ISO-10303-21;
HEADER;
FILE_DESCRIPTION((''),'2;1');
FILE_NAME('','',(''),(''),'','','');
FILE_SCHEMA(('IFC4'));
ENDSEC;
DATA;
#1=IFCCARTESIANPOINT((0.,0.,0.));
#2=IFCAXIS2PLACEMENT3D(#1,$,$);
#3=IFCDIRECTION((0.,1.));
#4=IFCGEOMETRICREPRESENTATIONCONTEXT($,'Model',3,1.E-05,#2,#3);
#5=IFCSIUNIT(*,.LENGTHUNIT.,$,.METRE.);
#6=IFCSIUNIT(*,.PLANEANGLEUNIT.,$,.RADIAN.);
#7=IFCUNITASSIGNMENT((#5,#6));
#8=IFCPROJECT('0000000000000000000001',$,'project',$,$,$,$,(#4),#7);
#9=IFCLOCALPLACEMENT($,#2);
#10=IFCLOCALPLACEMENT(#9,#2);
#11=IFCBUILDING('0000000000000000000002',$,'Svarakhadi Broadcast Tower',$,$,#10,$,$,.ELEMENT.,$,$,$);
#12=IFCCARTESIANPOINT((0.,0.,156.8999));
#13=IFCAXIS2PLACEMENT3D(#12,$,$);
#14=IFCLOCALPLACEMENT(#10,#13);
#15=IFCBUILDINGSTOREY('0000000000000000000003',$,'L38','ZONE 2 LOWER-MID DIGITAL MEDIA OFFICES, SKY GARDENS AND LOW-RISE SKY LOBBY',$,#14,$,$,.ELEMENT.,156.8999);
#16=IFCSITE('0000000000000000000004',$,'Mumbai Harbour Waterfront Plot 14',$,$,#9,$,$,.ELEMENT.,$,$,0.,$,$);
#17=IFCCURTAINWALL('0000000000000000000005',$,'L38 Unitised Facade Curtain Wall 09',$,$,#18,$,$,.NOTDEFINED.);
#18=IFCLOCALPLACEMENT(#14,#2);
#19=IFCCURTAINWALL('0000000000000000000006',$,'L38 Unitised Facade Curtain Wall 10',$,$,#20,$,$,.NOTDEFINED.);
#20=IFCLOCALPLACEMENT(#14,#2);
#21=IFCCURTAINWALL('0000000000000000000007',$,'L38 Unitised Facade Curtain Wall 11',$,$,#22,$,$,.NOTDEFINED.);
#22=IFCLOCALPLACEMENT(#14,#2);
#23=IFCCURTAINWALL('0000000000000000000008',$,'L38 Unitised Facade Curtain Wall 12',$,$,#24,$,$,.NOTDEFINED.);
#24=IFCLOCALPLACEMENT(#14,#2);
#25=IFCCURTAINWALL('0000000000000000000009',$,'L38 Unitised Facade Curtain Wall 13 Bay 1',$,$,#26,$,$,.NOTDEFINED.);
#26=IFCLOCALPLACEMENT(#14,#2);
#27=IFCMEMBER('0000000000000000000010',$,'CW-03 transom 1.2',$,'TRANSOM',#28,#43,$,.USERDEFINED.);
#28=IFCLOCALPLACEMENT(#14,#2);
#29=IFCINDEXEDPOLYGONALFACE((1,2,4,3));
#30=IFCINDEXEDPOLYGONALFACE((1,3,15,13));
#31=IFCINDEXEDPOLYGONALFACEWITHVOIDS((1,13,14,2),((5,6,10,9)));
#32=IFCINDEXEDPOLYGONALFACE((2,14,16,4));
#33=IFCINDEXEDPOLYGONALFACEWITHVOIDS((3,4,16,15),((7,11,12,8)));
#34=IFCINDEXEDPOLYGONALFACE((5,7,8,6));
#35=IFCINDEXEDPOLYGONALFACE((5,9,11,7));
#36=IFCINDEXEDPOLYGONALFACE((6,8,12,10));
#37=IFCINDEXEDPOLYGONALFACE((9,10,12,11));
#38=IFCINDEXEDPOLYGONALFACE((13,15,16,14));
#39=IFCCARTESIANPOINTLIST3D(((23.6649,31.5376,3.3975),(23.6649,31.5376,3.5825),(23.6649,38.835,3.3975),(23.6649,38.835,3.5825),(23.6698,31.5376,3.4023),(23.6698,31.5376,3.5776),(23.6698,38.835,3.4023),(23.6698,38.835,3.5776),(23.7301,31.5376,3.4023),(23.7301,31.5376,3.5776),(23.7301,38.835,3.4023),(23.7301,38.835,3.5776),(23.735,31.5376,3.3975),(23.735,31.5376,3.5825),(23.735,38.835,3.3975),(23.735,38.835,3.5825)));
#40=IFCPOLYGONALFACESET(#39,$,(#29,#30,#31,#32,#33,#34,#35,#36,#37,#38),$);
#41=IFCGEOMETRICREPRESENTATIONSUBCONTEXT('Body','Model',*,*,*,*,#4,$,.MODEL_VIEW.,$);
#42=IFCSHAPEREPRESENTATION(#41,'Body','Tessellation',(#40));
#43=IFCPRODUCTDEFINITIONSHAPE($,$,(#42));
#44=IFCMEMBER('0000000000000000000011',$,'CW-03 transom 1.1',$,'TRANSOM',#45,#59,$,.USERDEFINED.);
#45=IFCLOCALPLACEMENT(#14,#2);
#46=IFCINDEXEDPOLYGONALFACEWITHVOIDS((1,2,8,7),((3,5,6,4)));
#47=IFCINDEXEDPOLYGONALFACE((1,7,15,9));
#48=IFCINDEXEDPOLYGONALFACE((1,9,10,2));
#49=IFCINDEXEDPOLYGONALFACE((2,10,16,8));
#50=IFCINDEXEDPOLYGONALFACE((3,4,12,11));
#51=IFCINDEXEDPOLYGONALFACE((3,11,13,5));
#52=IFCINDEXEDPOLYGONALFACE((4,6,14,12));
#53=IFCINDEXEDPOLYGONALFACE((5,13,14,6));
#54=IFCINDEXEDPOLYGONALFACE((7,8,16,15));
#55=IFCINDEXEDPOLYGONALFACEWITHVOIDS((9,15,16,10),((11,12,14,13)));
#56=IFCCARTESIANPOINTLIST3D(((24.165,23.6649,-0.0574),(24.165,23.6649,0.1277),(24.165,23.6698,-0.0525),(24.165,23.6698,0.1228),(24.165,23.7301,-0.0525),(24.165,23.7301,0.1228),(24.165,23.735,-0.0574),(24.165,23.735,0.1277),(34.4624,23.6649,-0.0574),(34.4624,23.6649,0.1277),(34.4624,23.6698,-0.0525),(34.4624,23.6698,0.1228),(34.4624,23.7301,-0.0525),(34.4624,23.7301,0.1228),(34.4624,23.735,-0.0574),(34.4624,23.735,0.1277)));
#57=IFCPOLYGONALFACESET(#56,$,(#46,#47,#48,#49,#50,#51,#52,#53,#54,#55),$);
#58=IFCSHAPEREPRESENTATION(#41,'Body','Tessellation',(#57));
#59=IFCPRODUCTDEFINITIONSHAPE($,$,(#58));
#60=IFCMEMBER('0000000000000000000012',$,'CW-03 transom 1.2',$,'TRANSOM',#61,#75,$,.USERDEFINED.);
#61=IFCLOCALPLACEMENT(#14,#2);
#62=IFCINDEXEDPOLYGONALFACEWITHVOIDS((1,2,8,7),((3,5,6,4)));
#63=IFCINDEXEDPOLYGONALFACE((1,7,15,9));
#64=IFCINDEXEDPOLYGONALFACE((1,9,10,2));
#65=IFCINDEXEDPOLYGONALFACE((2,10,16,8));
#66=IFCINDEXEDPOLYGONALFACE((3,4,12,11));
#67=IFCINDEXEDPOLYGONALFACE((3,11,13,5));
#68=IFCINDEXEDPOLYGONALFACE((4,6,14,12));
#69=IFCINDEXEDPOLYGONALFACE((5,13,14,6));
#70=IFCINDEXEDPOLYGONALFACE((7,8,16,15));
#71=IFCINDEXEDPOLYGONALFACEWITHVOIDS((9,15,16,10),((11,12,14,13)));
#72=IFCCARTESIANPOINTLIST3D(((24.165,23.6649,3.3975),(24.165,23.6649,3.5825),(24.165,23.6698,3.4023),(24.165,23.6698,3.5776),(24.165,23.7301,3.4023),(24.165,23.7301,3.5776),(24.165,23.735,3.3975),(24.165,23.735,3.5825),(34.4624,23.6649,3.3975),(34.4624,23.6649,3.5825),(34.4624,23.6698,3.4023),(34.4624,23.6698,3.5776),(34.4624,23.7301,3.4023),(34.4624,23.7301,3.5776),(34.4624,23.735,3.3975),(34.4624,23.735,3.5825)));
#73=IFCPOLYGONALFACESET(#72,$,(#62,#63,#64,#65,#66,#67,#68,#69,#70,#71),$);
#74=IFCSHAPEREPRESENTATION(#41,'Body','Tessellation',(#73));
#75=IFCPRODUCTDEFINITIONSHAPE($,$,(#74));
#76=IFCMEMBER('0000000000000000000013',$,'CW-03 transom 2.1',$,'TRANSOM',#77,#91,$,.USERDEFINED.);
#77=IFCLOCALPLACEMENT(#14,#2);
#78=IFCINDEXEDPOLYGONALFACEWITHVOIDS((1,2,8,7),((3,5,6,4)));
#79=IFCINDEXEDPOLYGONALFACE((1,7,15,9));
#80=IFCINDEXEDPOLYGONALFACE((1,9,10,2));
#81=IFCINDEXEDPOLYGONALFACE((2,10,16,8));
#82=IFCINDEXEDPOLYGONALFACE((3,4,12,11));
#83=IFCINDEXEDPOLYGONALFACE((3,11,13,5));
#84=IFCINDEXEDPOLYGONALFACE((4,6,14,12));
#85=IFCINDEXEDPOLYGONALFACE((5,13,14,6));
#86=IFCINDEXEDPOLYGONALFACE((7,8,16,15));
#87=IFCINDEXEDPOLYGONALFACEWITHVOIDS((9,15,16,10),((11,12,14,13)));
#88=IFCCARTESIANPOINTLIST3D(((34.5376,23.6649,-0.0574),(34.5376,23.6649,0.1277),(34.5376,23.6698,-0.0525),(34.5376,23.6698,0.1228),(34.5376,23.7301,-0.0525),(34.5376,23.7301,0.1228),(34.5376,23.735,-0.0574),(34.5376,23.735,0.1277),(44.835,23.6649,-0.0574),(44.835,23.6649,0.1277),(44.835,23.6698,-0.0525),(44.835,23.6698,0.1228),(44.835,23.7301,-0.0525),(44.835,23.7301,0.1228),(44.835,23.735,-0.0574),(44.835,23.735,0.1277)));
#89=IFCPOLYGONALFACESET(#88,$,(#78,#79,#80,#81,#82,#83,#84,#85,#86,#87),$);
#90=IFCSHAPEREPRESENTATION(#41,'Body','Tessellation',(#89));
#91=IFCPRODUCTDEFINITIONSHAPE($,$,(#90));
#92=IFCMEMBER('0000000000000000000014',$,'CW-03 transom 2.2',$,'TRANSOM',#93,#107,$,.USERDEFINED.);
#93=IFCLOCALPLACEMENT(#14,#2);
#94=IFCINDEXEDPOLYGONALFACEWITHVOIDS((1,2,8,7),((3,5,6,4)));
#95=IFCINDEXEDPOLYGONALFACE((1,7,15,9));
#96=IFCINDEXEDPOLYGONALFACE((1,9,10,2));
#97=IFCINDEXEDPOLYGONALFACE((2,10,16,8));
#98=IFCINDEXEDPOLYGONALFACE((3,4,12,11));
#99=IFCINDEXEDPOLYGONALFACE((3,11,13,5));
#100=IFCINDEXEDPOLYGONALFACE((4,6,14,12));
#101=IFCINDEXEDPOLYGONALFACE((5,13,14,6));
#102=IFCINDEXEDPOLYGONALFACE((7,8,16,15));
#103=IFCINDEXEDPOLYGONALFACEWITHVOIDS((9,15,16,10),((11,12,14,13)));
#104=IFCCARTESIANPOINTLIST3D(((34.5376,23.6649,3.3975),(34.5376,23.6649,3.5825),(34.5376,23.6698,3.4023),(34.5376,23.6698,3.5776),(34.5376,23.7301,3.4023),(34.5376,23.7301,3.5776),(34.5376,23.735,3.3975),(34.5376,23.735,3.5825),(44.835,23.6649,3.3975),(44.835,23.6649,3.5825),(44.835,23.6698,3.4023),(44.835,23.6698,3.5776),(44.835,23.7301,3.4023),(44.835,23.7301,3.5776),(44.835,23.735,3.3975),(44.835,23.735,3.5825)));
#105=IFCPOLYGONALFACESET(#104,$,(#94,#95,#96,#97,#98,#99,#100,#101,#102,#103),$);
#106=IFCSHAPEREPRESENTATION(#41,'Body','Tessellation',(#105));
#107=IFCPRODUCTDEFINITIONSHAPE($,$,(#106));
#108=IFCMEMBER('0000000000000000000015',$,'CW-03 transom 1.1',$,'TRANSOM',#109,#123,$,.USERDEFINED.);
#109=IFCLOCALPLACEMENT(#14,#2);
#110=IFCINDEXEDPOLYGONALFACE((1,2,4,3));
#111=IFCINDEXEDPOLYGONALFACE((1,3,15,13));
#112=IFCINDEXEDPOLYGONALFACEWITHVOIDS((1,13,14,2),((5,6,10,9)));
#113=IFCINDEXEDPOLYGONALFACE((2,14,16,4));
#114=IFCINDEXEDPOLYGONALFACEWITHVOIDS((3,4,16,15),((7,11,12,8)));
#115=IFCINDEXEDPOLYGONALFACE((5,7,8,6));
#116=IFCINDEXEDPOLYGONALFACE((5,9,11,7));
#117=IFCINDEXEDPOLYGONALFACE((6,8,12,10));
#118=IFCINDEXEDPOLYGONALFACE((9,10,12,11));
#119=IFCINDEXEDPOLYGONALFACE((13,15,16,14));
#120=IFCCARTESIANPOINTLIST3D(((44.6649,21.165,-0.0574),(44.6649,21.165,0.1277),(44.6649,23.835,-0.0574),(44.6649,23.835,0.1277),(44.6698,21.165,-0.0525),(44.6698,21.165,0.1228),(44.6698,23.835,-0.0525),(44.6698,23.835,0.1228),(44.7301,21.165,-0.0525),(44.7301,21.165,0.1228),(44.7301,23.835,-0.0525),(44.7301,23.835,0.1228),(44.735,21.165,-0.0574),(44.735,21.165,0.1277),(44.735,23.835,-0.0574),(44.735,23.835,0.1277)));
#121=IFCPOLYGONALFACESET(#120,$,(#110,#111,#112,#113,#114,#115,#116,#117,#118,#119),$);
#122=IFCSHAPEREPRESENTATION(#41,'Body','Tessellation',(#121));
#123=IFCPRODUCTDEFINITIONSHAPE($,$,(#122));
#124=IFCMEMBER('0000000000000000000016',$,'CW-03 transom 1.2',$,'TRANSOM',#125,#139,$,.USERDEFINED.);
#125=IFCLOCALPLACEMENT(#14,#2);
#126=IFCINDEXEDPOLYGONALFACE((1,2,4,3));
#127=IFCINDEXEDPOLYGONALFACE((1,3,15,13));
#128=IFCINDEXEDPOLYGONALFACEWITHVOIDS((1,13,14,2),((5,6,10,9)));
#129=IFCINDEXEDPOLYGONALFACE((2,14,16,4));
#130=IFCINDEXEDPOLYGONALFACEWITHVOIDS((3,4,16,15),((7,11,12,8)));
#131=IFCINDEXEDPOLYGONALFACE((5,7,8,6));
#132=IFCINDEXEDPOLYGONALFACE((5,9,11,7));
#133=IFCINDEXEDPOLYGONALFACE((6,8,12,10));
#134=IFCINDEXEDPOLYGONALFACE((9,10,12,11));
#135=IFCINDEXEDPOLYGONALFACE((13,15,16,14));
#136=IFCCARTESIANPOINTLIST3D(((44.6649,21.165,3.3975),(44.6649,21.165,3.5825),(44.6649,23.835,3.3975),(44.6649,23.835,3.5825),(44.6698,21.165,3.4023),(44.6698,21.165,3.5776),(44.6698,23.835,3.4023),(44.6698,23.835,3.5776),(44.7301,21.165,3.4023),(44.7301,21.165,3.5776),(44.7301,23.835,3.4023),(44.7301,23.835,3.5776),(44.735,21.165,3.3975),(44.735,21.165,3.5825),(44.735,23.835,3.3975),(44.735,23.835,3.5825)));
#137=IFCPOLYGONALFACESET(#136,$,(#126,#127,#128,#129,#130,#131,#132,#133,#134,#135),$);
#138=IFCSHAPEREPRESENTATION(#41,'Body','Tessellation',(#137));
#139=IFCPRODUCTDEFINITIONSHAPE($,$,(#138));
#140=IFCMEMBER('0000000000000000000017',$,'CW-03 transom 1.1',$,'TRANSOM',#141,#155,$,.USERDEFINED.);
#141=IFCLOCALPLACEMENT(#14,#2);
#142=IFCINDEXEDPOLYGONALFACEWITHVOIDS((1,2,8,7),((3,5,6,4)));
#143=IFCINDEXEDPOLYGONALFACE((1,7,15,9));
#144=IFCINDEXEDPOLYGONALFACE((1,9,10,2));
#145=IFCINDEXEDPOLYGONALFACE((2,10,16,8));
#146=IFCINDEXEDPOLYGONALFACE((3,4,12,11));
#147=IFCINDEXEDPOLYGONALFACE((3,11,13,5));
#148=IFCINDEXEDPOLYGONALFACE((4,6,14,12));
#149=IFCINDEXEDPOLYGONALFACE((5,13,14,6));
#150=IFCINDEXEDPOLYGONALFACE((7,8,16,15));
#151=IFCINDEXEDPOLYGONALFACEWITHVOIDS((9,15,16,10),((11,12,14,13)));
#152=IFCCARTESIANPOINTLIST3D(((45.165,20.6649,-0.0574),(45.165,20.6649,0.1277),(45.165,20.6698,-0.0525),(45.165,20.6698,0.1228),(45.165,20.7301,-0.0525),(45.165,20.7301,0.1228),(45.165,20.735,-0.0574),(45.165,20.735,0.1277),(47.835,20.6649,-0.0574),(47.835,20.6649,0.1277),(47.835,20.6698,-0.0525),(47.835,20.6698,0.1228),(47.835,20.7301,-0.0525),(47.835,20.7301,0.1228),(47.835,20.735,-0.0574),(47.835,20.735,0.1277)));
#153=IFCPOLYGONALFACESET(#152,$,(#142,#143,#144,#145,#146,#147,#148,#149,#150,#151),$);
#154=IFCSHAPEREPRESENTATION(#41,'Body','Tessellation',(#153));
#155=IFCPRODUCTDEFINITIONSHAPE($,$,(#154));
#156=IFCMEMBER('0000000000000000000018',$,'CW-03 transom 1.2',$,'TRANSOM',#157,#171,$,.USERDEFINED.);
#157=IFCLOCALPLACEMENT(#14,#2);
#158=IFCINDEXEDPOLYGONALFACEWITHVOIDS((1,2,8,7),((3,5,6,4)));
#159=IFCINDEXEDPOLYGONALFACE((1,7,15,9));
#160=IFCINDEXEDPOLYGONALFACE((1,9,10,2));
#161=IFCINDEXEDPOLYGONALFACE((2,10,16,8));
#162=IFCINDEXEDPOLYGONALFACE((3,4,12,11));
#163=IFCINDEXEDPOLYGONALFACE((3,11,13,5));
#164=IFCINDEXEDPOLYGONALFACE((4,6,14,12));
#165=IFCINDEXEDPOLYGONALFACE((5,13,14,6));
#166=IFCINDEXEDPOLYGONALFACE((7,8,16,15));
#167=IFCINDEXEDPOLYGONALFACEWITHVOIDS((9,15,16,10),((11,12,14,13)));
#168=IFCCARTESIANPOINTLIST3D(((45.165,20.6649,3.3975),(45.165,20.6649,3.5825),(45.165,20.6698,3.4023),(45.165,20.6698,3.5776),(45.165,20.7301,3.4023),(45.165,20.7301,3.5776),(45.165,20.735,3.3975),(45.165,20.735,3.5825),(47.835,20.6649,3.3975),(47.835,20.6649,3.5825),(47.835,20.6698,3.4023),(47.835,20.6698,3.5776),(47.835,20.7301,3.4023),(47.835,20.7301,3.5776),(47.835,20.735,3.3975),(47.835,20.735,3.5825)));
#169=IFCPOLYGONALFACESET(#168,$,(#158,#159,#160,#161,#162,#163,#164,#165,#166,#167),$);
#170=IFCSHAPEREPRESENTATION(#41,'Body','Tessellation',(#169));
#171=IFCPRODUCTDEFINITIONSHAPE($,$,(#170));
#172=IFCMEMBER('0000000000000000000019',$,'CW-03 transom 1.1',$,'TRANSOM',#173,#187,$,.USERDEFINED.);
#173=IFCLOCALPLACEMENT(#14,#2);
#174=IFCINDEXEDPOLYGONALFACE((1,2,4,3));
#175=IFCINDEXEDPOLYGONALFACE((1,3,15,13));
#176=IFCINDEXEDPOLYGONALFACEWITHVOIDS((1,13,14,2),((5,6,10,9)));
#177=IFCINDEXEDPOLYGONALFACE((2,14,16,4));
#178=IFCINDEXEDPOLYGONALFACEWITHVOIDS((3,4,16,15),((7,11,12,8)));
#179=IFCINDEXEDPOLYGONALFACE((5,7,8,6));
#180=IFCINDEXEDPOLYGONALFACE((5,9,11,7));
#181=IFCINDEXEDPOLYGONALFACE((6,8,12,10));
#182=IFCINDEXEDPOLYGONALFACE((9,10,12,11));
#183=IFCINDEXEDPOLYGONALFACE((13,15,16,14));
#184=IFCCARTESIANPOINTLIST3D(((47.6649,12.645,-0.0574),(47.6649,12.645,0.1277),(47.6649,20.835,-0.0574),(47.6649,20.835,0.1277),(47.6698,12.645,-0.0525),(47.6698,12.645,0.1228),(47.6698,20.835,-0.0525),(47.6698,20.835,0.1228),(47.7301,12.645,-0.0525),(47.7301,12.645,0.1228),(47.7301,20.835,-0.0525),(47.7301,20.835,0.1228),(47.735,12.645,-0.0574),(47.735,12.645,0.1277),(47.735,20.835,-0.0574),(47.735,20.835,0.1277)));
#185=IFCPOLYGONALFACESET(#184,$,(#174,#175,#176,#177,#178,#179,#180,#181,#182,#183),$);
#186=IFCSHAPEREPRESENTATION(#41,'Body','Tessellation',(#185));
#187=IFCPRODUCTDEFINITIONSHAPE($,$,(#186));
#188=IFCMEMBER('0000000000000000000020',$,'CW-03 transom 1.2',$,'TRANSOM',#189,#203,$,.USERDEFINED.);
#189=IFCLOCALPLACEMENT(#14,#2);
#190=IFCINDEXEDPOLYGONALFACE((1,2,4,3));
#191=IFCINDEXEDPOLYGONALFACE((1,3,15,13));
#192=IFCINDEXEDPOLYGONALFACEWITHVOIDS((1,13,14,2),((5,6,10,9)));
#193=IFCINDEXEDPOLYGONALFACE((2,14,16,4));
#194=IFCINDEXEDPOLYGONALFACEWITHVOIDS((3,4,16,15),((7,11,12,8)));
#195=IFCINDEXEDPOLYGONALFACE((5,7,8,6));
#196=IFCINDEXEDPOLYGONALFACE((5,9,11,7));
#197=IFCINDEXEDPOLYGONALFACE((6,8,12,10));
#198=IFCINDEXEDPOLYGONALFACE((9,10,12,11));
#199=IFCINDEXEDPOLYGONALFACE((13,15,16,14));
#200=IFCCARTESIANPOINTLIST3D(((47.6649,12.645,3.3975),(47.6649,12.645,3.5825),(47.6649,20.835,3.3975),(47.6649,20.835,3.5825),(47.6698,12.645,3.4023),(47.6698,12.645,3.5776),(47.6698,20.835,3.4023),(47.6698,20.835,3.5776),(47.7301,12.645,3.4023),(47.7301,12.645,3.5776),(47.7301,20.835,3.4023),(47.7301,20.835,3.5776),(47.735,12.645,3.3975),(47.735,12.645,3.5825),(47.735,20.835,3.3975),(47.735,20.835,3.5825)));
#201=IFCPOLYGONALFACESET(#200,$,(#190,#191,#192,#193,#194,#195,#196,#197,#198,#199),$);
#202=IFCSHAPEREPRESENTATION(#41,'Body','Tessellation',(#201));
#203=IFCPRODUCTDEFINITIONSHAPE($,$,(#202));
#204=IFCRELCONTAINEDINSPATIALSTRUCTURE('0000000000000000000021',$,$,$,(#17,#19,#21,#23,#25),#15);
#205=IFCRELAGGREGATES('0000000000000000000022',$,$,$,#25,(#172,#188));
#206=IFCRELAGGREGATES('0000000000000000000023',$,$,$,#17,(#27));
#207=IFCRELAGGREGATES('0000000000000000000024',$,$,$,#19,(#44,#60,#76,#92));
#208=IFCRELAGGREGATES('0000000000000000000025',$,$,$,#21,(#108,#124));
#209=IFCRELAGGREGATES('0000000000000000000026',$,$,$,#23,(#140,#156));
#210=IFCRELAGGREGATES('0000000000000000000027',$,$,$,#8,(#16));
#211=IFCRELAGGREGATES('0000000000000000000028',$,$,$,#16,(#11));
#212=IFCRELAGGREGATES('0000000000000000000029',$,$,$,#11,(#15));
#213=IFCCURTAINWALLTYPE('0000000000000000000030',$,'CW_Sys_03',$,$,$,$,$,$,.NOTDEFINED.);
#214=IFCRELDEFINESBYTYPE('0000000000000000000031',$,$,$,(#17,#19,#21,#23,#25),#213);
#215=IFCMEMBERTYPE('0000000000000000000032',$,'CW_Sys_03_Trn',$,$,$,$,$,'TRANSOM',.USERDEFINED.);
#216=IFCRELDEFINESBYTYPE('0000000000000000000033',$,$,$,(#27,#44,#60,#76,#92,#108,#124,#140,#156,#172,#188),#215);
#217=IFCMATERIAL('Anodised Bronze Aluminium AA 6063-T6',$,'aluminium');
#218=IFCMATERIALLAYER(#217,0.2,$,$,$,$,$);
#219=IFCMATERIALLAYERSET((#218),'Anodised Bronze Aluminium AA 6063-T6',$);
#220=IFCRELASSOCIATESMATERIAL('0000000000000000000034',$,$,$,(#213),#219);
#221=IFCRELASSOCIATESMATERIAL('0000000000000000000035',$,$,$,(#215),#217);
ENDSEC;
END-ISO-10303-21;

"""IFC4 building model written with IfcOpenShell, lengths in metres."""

from ifc_helpers import new_model, si_unit, direction, frame, origin, origin_2d, place, context, subcontext, project, spatial, hollow_rectangle, extrude, material, layer, layer_set, material_profile, profile_set, type_object, element, aggregate, save


model = new_model("IFC4")

# Units and contexts
model_context = context("Model", 3, precision=1e-05, world=origin(), true_north=direction((0.0, 1.0)))
body_context = subcontext(model_context, "Body", "Model", "MODEL_VIEW")
ifc_project = project(units=[si_unit("LENGTHUNIT", "METRE"), si_unit("PLANEANGLEUNIT", "RADIAN")], contexts=[model_context])

# Site, building, storey
site_placement = place(None, origin())
site = spatial("IfcSite", under=ifc_project, at=site_placement, Name="Mumbai Harbour Waterfront Plot 14", CompositionType="ELEMENT", RefElevation=0.0)
building_placement = place(site_placement, origin())
building = spatial("IfcBuilding", under=site, at=building_placement, Name="Svarakhadi Broadcast Tower", CompositionType="ELEMENT")
storey_placement = place(building_placement, frame((0.0, 0.0, 156.8999)))
storey = spatial("IfcBuildingStorey", under=building, at=storey_placement, Name="L38", Description="ZONE 2 LOWER-MID DIGITAL MEDIA OFFICES, SKY GARDENS AND LOW-RISE SKY LOBBY", CompositionType="ELEMENT", Elevation=156.8999)

# Curtain wall
ifc_material_1 = material(Name="Anodised Bronze Aluminium AA 6063-T6", Category="aluminium")
ifc_layer_1 = layer(ifc_material_1, 0.2)
ifc_layer_set_1 = layer_set([ifc_layer_1], Name="Anodised Bronze Aluminium AA 6063-T6")
curtain_wall_type = type_object("IfcCurtainWallType", Name="CW_Sys_03", PredefinedType="NOTDEFINED", material=ifc_layer_set_1)
curtain_wall_1_placement = place(storey_placement, origin())
curtain_wall_1 = element("IfcCurtainWall", 1, at=curtain_wall_1_placement, inside=storey, type_object=curtain_wall_type, Name="L38 Unitised Facade Curtain Wall 09", PredefinedType="NOTDEFINED")

# Curtain walls
curtain_wall_2_placement = place(storey_placement, origin())
curtain_wall_2 = element("IfcCurtainWall", 2, at=curtain_wall_2_placement, inside=storey, type_object=curtain_wall_type, Name="L38 Unitised Facade Curtain Wall 10", PredefinedType="NOTDEFINED")
curtain_wall_3_placement = place(storey_placement, origin())
curtain_wall_3 = element("IfcCurtainWall", 3, at=curtain_wall_3_placement, inside=storey, type_object=curtain_wall_type, Name="L38 Unitised Facade Curtain Wall 11", PredefinedType="NOTDEFINED")
curtain_wall_4_placement = place(storey_placement, origin())
curtain_wall_4 = element("IfcCurtainWall", 4, at=curtain_wall_4_placement, inside=storey, type_object=curtain_wall_type, Name="L38 Unitised Facade Curtain Wall 12", PredefinedType="NOTDEFINED")

# Curtain wall
curtain_wall_5_placement = place(storey_placement, origin())
curtain_wall_5 = element("IfcCurtainWall", 5, at=curtain_wall_5_placement, inside=storey, type_object=curtain_wall_type, Name="L38 Unitised Facade Curtain Wall 13 Bay 1", PredefinedType="NOTDEFINED")

# Members
ifc_material_profile_1 = material_profile(ifc_material_1, hollow_rectangle(XDim=0.0701, YDim=0.1851, WallThickness=0.0049, at=origin_2d()), Name="ALU TRANSOM 185x70x5")
ifc_profile_set_1 = profile_set([ifc_material_profile_1], Name="Anodised Bronze Aluminium AA 6063-T6")
member_type_1 = type_object("IfcMemberType", Name="CW_Sys_03_Trn", ElementType="TRANSOM", PredefinedType="USERDEFINED", material=ifc_profile_set_1)
member_1_placement = place(storey_placement, frame((23.7, 38.835, 3.49), z_axis=(0.0, -1.0, 0.0), x_axis=(1.0, 0.0, 0.0)))
member_1 = element("IfcMember", 6, at=member_1_placement, type_object=member_type_1, Name="CW-03 transom 1.2", ObjectType="TRANSOM", PredefinedType="USERDEFINED", context=body_context, shape_type="SweptSolid", body=[
    extrude(hollow_rectangle(XDim=0.0701, YDim=0.1851, WallThickness=0.0049, at=origin_2d()), origin(), (0.0, 0.0, 1.0), 7.2974),
])
member_2_placement = place(storey_placement, frame((24.165, 23.7, 0.0352), z_axis=(1.0, 0.0, 0.0), x_axis=(0.0, 1.0, 0.0)))
member_2 = element("IfcMember", 7, at=member_2_placement, type_object=member_type_1, Name="CW-03 transom 1.1", ObjectType="TRANSOM", PredefinedType="USERDEFINED", context=body_context, shape_type="SweptSolid", body=[
    extrude(hollow_rectangle(XDim=0.0701, YDim=0.1851, WallThickness=0.0049, at=origin_2d()), origin(), (0.0, 0.0, 1.0), 10.2974),
])
member_3_placement = place(storey_placement, frame((24.165, 23.7, 3.49), z_axis=(1.0, 0.0, 0.0), x_axis=(0.0, 1.0, 0.0)))
member_3 = element("IfcMember", 8, at=member_3_placement, type_object=member_type_1, Name="CW-03 transom 1.2", ObjectType="TRANSOM", PredefinedType="USERDEFINED", context=body_context, shape_type="SweptSolid", body=[
    extrude(hollow_rectangle(XDim=0.0701, YDim=0.1851, WallThickness=0.0049, at=origin_2d()), origin(), (0.0, 0.0, 1.0), 10.2974),
])
member_4_placement = place(storey_placement, frame((34.5376, 23.7, 0.0352), z_axis=(1.0, 0.0, 0.0), x_axis=(0.0, 1.0, 0.0)))
member_4 = element("IfcMember", 9, at=member_4_placement, type_object=member_type_1, Name="CW-03 transom 2.1", ObjectType="TRANSOM", PredefinedType="USERDEFINED", context=body_context, shape_type="SweptSolid", body=[
    extrude(hollow_rectangle(XDim=0.0701, YDim=0.1851, WallThickness=0.0049, at=origin_2d()), origin(), (0.0, 0.0, 1.0), 10.2974),
])
member_5_placement = place(storey_placement, frame((34.5376, 23.7, 3.49), z_axis=(1.0, 0.0, 0.0), x_axis=(0.0, 1.0, 0.0)))
member_5 = element("IfcMember", 10, at=member_5_placement, type_object=member_type_1, Name="CW-03 transom 2.2", ObjectType="TRANSOM", PredefinedType="USERDEFINED", context=body_context, shape_type="SweptSolid", body=[
    extrude(hollow_rectangle(XDim=0.0701, YDim=0.1851, WallThickness=0.0049, at=origin_2d()), origin(), (0.0, 0.0, 1.0), 10.2974),
])
member_6_placement = place(storey_placement, frame((44.7, 23.835, 0.0352), z_axis=(0.0, -1.0, 0.0), x_axis=(1.0, 0.0, 0.0)))
member_6 = element("IfcMember", 11, at=member_6_placement, type_object=member_type_1, Name="CW-03 transom 1.1", ObjectType="TRANSOM", PredefinedType="USERDEFINED", context=body_context, shape_type="SweptSolid", body=[
    extrude(hollow_rectangle(XDim=0.0701, YDim=0.1851, WallThickness=0.0049, at=origin_2d()), origin(), (0.0, 0.0, 1.0), 2.6699),
])
member_7_placement = place(storey_placement, frame((44.7, 23.835, 3.49), z_axis=(0.0, -1.0, 0.0), x_axis=(1.0, 0.0, 0.0)))
member_7 = element("IfcMember", 12, at=member_7_placement, type_object=member_type_1, Name="CW-03 transom 1.2", ObjectType="TRANSOM", PredefinedType="USERDEFINED", context=body_context, shape_type="SweptSolid", body=[
    extrude(hollow_rectangle(XDim=0.0701, YDim=0.1851, WallThickness=0.0049, at=origin_2d()), origin(), (0.0, 0.0, 1.0), 2.6699),
])
member_8_placement = place(storey_placement, frame((45.165, 20.7, 0.0352), z_axis=(1.0, 0.0, 0.0), x_axis=(0.0, 1.0, 0.0)))
member_8 = element("IfcMember", 13, at=member_8_placement, type_object=member_type_1, Name="CW-03 transom 1.1", ObjectType="TRANSOM", PredefinedType="USERDEFINED", context=body_context, shape_type="SweptSolid", body=[
    extrude(hollow_rectangle(XDim=0.0701, YDim=0.1851, WallThickness=0.0049, at=origin_2d()), origin(), (0.0, 0.0, 1.0), 2.6699),
])
member_9_placement = place(storey_placement, frame((45.165, 20.7, 3.49), z_axis=(1.0, 0.0, 0.0), x_axis=(0.0, 1.0, 0.0)))
member_9 = element("IfcMember", 14, at=member_9_placement, type_object=member_type_1, Name="CW-03 transom 1.2", ObjectType="TRANSOM", PredefinedType="USERDEFINED", context=body_context, shape_type="SweptSolid", body=[
    extrude(hollow_rectangle(XDim=0.0701, YDim=0.1851, WallThickness=0.0049, at=origin_2d()), origin(), (0.0, 0.0, 1.0), 2.6699),
])
member_10_placement = place(storey_placement, frame((47.7, 20.835, 0.0352), z_axis=(0.0, -1.0, 0.0), x_axis=(1.0, 0.0, 0.0)))
member_10 = element("IfcMember", 15, at=member_10_placement, type_object=member_type_1, Name="CW-03 transom 1.1", ObjectType="TRANSOM", PredefinedType="USERDEFINED", context=body_context, shape_type="SweptSolid", body=[
    extrude(hollow_rectangle(XDim=0.0701, YDim=0.1851, WallThickness=0.0049, at=origin_2d()), origin(), (0.0, 0.0, 1.0), 8.1899),
])
member_11_placement = place(storey_placement, frame((47.7, 20.835, 3.49), z_axis=(0.0, -1.0, 0.0), x_axis=(1.0, 0.0, 0.0)))
member_11 = element("IfcMember", 16, at=member_11_placement, type_object=member_type_1, Name="CW-03 transom 1.2", ObjectType="TRANSOM", PredefinedType="USERDEFINED", context=body_context, shape_type="SweptSolid", body=[
    extrude(hollow_rectangle(XDim=0.0701, YDim=0.1851, WallThickness=0.0049, at=origin_2d()), origin(), (0.0, 0.0, 1.0), 8.1899),
])
aggregate(curtain_wall_5, [member_10, member_11])

aggregate(curtain_wall_1, [member_1])
aggregate(curtain_wall_2, [member_2, member_3, member_4, member_5])
aggregate(curtain_wall_3, [member_6, member_7])
aggregate(curtain_wall_4, [member_8, member_9])

save(model, "model.ifc")
